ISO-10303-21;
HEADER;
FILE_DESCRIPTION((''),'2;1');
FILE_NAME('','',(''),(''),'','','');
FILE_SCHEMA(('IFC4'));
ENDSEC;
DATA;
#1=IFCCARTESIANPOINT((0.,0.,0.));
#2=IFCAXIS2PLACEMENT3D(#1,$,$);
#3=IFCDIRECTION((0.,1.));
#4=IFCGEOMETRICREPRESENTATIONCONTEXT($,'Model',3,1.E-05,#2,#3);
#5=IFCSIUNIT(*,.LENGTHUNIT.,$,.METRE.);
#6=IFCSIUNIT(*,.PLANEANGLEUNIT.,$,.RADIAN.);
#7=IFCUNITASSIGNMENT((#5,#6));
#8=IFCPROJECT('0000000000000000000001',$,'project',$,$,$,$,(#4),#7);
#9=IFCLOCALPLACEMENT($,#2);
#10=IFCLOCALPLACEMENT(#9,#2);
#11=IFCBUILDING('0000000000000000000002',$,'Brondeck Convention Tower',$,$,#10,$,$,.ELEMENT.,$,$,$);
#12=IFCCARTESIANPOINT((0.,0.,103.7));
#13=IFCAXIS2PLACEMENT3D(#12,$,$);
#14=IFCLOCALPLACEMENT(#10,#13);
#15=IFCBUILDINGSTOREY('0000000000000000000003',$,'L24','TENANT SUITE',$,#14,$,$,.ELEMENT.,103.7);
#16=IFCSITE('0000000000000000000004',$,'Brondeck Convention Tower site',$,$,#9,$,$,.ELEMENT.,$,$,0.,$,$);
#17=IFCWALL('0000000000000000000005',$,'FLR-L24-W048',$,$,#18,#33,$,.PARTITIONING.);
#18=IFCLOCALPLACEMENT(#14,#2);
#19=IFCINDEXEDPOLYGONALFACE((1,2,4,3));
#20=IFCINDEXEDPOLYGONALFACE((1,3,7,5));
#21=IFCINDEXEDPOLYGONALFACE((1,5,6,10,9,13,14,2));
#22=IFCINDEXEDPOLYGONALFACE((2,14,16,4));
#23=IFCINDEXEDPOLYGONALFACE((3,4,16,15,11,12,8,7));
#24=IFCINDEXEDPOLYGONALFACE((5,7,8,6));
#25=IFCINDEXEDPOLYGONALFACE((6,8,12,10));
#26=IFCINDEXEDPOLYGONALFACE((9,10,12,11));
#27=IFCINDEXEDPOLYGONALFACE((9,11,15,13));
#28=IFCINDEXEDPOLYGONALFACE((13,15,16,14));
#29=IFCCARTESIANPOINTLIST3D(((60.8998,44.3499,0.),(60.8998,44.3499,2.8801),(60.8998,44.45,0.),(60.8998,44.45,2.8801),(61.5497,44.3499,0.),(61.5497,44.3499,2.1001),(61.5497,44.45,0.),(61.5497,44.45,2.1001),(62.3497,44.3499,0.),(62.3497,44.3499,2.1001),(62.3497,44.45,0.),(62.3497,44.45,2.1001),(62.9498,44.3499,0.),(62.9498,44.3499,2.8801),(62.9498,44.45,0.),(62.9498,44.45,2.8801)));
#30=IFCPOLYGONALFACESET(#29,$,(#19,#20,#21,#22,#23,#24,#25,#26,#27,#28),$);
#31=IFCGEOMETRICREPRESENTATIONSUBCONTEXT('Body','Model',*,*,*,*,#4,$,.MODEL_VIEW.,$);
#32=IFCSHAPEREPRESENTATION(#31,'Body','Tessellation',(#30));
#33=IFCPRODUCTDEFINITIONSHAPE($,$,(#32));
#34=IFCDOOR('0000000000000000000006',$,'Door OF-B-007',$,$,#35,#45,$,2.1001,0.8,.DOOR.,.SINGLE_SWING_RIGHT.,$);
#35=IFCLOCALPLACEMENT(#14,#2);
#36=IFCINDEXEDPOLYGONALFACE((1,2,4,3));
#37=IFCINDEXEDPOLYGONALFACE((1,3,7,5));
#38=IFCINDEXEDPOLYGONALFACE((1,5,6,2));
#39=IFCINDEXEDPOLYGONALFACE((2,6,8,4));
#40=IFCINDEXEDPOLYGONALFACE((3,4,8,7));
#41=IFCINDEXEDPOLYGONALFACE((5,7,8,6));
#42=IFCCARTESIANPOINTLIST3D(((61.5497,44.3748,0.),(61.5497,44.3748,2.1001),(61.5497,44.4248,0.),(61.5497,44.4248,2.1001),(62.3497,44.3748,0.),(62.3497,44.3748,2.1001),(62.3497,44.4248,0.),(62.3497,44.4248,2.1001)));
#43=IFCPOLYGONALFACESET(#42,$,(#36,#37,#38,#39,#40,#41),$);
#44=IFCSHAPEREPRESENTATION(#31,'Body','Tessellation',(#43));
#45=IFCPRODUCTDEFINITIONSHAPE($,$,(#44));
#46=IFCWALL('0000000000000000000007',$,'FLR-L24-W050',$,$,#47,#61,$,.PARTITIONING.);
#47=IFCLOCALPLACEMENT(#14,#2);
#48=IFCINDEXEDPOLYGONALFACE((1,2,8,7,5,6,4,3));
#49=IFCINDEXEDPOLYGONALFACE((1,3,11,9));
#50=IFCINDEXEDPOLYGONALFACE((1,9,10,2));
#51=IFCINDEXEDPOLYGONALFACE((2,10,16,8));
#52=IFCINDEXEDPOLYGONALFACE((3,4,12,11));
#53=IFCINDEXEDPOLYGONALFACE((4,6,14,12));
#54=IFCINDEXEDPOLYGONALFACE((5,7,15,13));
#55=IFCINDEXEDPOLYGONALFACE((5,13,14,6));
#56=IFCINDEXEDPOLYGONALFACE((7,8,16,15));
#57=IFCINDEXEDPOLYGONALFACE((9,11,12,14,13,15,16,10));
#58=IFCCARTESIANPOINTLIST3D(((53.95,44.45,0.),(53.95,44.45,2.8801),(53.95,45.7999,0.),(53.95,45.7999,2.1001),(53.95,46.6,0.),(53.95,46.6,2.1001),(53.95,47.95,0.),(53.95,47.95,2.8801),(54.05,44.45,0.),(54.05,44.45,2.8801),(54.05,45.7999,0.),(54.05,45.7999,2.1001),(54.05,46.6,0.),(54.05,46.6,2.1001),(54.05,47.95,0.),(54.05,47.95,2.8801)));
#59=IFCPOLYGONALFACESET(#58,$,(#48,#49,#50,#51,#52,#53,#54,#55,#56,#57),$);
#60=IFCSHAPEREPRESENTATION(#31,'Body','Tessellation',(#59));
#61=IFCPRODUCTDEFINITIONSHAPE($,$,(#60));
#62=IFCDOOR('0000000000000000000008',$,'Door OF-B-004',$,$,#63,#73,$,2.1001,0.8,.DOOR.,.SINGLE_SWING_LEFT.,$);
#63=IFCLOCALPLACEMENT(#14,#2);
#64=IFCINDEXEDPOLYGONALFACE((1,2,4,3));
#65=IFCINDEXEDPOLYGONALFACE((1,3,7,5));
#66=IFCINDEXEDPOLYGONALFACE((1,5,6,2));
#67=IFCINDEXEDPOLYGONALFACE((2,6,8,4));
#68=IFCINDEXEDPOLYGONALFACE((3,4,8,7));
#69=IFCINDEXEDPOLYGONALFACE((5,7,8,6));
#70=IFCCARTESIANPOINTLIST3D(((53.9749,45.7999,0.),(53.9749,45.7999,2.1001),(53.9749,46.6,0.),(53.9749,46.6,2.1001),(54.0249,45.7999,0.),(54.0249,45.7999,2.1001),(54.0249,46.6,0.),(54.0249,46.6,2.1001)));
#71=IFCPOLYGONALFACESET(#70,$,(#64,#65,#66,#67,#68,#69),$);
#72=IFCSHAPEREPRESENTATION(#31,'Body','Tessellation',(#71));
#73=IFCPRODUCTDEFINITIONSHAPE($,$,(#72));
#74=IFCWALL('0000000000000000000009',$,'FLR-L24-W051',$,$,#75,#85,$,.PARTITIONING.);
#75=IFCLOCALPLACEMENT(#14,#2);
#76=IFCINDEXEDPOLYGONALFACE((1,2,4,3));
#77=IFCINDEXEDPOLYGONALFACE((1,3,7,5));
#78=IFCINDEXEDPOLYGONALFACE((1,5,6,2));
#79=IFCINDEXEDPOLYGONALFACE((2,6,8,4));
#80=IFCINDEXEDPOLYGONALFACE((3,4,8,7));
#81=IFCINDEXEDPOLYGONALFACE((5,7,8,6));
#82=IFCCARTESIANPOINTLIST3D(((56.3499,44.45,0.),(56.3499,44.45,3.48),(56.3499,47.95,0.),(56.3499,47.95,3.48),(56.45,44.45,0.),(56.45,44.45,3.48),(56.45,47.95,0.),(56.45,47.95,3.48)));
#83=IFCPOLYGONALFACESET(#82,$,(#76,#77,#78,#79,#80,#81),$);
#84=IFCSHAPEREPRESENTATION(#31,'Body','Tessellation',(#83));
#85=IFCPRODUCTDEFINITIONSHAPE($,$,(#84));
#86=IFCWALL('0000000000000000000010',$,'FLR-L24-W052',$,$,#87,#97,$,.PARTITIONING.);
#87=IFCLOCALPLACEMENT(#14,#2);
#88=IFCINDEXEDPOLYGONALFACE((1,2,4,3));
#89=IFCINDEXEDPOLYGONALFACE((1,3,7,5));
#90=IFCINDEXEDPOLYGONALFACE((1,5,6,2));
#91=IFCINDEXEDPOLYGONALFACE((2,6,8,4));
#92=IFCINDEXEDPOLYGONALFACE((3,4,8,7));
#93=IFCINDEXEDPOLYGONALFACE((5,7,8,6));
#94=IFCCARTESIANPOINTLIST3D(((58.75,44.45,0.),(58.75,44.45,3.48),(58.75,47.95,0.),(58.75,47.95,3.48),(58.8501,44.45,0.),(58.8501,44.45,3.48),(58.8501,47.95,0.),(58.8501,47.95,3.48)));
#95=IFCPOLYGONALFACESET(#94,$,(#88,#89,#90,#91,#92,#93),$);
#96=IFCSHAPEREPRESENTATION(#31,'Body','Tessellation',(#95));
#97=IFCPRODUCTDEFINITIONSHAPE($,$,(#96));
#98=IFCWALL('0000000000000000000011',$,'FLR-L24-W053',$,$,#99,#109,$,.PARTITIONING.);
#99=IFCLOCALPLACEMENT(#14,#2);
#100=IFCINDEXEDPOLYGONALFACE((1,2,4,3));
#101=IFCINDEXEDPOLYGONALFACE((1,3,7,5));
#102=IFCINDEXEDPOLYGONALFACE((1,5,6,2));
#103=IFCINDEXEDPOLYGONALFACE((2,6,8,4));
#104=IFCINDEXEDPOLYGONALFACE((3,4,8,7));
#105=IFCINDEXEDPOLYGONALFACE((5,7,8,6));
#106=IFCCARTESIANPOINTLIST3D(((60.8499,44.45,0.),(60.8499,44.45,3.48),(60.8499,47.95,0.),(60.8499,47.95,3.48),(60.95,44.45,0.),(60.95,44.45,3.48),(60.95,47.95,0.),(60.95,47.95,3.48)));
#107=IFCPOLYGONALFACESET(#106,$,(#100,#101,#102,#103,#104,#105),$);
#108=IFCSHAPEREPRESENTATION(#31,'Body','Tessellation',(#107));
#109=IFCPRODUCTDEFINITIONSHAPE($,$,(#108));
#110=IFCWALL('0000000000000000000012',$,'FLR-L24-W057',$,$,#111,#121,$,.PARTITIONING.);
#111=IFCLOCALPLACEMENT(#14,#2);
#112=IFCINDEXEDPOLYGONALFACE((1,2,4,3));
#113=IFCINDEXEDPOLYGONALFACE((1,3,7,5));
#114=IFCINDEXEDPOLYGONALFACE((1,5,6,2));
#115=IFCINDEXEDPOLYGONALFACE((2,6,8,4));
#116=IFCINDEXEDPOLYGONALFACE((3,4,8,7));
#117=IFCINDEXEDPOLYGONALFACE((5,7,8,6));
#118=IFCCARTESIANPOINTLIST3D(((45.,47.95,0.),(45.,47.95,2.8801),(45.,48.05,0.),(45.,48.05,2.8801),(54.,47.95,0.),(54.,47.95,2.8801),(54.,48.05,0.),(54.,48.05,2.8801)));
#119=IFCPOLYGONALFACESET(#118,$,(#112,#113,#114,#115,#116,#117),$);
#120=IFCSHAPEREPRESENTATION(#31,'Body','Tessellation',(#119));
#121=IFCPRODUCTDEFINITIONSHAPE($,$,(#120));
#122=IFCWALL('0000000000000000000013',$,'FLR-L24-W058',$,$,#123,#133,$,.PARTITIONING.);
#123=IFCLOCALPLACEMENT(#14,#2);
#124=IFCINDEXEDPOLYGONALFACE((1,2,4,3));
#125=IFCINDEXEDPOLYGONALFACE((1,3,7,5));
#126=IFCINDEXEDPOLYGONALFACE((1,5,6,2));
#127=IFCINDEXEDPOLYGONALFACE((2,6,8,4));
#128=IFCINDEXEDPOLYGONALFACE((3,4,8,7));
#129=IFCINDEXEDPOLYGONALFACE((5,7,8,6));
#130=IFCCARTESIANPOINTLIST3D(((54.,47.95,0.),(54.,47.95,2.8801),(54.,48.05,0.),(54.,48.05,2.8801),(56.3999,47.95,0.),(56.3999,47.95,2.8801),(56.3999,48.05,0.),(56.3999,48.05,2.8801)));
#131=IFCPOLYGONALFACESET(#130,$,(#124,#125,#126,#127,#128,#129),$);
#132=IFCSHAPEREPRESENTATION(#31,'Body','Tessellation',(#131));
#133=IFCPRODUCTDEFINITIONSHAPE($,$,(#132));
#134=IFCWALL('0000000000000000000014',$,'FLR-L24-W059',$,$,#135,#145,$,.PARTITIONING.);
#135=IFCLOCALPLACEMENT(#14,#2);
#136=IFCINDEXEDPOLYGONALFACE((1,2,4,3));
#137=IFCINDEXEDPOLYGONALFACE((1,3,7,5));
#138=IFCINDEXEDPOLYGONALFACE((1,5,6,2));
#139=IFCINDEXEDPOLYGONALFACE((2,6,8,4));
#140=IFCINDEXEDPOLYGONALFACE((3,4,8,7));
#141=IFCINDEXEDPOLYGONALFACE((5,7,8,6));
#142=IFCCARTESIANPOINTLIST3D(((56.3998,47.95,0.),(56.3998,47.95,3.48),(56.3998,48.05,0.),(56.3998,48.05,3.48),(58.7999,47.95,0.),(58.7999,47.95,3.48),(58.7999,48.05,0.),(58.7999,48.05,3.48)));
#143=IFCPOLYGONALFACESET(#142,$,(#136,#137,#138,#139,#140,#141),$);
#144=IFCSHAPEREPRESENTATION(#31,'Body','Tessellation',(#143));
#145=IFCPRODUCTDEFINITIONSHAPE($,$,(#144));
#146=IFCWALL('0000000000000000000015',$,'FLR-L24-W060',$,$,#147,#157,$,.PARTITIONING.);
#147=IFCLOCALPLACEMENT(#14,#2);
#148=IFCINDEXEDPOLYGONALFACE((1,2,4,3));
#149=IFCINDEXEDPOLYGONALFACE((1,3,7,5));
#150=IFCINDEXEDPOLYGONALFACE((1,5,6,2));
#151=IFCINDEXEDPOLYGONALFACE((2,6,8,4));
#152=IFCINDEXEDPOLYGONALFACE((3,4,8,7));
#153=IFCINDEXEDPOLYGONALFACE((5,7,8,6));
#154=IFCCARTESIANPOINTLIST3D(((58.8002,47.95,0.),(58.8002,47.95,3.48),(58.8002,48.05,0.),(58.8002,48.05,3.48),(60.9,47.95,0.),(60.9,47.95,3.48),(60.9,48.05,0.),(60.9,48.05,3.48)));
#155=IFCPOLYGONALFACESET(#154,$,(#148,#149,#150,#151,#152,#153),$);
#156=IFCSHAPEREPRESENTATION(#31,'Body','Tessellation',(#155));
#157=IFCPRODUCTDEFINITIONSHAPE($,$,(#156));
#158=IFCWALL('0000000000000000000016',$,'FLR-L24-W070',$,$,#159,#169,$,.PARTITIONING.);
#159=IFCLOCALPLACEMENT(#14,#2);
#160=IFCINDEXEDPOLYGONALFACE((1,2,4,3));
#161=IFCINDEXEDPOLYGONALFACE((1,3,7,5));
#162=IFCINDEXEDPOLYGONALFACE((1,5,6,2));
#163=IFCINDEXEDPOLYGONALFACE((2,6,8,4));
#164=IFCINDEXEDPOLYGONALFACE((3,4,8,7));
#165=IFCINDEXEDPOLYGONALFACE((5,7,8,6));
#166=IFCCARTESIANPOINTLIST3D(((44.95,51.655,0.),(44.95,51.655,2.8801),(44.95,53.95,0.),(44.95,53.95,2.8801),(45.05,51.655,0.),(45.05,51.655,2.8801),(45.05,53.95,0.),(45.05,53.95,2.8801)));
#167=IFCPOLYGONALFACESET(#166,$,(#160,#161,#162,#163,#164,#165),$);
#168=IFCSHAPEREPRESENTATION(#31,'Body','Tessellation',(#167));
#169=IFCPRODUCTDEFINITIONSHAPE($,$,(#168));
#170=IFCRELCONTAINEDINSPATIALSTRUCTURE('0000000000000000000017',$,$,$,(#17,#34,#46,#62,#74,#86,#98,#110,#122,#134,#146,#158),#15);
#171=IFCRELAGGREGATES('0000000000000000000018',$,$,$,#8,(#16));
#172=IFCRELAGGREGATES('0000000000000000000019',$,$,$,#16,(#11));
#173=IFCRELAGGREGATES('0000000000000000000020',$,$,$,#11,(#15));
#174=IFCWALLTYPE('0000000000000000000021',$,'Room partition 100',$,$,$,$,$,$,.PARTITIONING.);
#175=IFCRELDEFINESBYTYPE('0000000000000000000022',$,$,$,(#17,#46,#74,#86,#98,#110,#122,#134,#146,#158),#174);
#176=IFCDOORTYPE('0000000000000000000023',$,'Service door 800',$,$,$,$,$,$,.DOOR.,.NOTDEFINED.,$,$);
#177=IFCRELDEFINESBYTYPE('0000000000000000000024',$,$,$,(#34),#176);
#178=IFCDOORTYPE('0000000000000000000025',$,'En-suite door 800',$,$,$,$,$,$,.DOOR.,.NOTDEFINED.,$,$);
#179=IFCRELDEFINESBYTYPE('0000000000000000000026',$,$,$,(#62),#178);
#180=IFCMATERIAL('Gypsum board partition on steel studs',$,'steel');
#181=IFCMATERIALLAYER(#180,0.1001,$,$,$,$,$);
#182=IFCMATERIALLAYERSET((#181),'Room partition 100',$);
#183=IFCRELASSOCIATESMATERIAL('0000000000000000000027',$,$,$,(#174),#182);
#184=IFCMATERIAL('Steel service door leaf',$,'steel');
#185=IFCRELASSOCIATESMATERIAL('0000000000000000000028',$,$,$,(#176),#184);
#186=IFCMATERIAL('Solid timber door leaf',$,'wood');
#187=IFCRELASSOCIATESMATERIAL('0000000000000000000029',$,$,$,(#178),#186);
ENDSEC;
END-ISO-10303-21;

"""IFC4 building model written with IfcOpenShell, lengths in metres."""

from ifc_helpers import new_model, si_unit, direction, frame, frame_2d, origin, place, context, subcontext, project, spatial, rectangle, extrude, material, layer, layer_set, type_object, element, fill, save


model = new_model("IFC4")

# Units and contexts
model_context = context("Model", 3, precision=1e-05, world=origin(), true_north=direction((0.0, 1.0)))
body_context = subcontext(model_context, "Body", "Model", "MODEL_VIEW")
ifc_project = project(units=[si_unit("LENGTHUNIT", "METRE"), si_unit("PLANEANGLEUNIT", "RADIAN")], contexts=[model_context])

# Site, building, storey
site_placement = place(None, origin())
site = spatial("IfcSite", under=ifc_project, at=site_placement, Name="Brondeck Convention Tower site", CompositionType="ELEMENT", RefElevation=0.0)
building_placement = place(site_placement, origin())
building = spatial("IfcBuilding", under=site, at=building_placement, Name="Brondeck Convention Tower", CompositionType="ELEMENT")
storey_placement = place(building_placement, frame((0.0, 0.0, 103.7)))
storey = spatial("IfcBuildingStorey", under=building, at=storey_placement, Name="L24", Description="TENANT SUITE", CompositionType="ELEMENT", Elevation=103.7)

# Walls, openings, doors
ifc_material_1 = material(Name="Gypsum board partition on steel studs", Category="steel")
ifc_layer_1 = layer(ifc_material_1, 0.1001)
ifc_layer_set_1 = layer_set([ifc_layer_1], Name="Room partition 100")
wall_type_1 = type_object("IfcWallType", Name="Room partition 100", PredefinedType="PARTITIONING", material=ifc_layer_set_1)
wall_1_placement = place(storey_placement, frame((60.8999, 44.3999, 0.0), z_axis=(0.0, 0.0, 1.0), x_axis=(1.0, 0.0, 0.0)))
wall_1 = element("IfcWall", 1, at=wall_1_placement, inside=storey, type_object=wall_type_1, Name="FLR-L24-W048", PredefinedType="PARTITIONING", context=body_context, shape_type="SweptSolid", body=[
    extrude(rectangle(XDim=2.05, YDim=0.1001, at=frame_2d((1.0249, 0.0))), origin(), (0.0, 0.0, 1.0), 2.8801),
])
opening_1_placement = place(wall_1_placement, frame((0.6499, 0.0, 0.0)))
opening_1 = element("IfcOpeningElement", 2, at=opening_1_placement, cuts=wall_1, PredefinedType="OPENING", context=body_context, shape_type="SweptSolid", body=[
    extrude(rectangle(XDim=0.8, YDim=2.1001, at=frame_2d((0.3999, 1.05))), frame((0.0, 0.0601, 0.0), z_axis=(0.0, -1.0, 0.0), x_axis=(1.0, 0.0, 0.0)), (0.0, 0.0, 1.0), 0.1201),
])
ifc_material_2 = material(Name="Steel service door leaf", Category="steel")
door_type_1 = type_object("IfcDoorType", Name="Service door 800", OperationType="NOTDEFINED", PredefinedType="DOOR", material=ifc_material_2)
door_1_placement = place(opening_1_placement, origin())
door_1 = element("IfcDoor", 3, at=door_1_placement, inside=storey, type_object=door_type_1, Name="Door OF-B-007", OperationType="SINGLE_SWING_RIGHT", OverallHeight=2.1001, OverallWidth=0.8, PredefinedType="DOOR", context=body_context, shape_type="SweptSolid", body=[
    extrude(rectangle(XDim=0.8, YDim=2.1001, at=frame_2d((0.3999, 1.05))), frame((0.0, 0.0249, 0.0), z_axis=(0.0, -1.0, 0.0), x_axis=(1.0, 0.0, 0.0)), (0.0, 0.0, 1.0), 0.05),
])
fill(opening_1, door_1)
wall_2_placement = place(storey_placement, frame((54.0, 47.95, 0.0), z_axis=(0.0, 0.0, 1.0), x_axis=(0.0, -1.0, 0.0)))
wall_2 = element("IfcWall", 4, at=wall_2_placement, inside=storey, type_object=wall_type_1, Name="FLR-L24-W050", PredefinedType="PARTITIONING", context=body_context, shape_type="SweptSolid", body=[
    extrude(rectangle(XDim=3.5, YDim=0.1001, at=frame_2d((1.75, 0.0))), origin(), (0.0, 0.0, 1.0), 2.8801),
])
opening_2_placement = place(wall_2_placement, frame((1.3501, 0.0, 0.0)))
opening_2 = element("IfcOpeningElement", 5, at=opening_2_placement, cuts=wall_2, PredefinedType="OPENING", context=body_context, shape_type="SweptSolid", body=[
    extrude(rectangle(XDim=0.8, YDim=2.1001, at=frame_2d((0.3999, 1.05))), frame((0.0, 0.0601, 0.0), z_axis=(0.0, -1.0, 0.0), x_axis=(1.0, 0.0, 0.0)), (0.0, 0.0, 1.0), 0.1201),
])
ifc_material_3 = material(Name="Solid timber door leaf", Category="wood")
door_type_2 = type_object("IfcDoorType", Name="En-suite door 800", OperationType="NOTDEFINED", PredefinedType="DOOR", material=ifc_material_3)
door_2_placement = place(opening_2_placement, origin())
door_2 = element("IfcDoor", 6, at=door_2_placement, inside=storey, type_object=door_type_2, Name="Door OF-B-004", OperationType="SINGLE_SWING_LEFT", OverallHeight=2.1001, OverallWidth=0.8, PredefinedType="DOOR", context=body_context, shape_type="SweptSolid", body=[
    extrude(rectangle(XDim=0.8, YDim=2.1001, at=frame_2d((0.3999, 1.05))), frame((0.0, 0.0249, 0.0), z_axis=(0.0, -1.0, 0.0), x_axis=(1.0, 0.0, 0.0)), (0.0, 0.0, 1.0), 0.05),
])
fill(opening_2, door_2)

# Walls
for number, where, z_axis, x_axis, name in (
    (7, (56.3999, 47.95, 0.0), (0.0, 0.0, 1.0), (0.0, -1.0, 0.0), "FLR-L24-W051"),
    (8, (58.8, 47.95, 0.0), (0.0, 0.0, 1.0), (0.0, -1.0, 0.0), "FLR-L24-W052"),
    (9, (60.8999, 47.95, 0.0), (0.0, 0.0, 1.0), (0.0, -1.0, 0.0), "FLR-L24-W053"),
):
    element("IfcWall", number, at=place(storey_placement, frame(where, z_axis=z_axis, x_axis=x_axis)), inside=storey, type_object=wall_type_1, Name=name, PredefinedType="PARTITIONING", context=body_context, shape_type="SweptSolid", body=[
        extrude(rectangle(XDim=3.5, YDim=0.1001, at=frame_2d((1.75, 0.0))), origin(), (0.0, 0.0, 1.0), 3.48),
    ])
wall_3_placement = place(storey_placement, frame((54.0, 48.0, 0.0), z_axis=(0.0, 0.0, 1.0), x_axis=(-1.0, 0.0, 0.0)))
element("IfcWall", 10, at=wall_3_placement, inside=storey, type_object=wall_type_1, Name="FLR-L24-W057", PredefinedType="PARTITIONING", context=body_context, shape_type="SweptSolid", body=[
    extrude(rectangle(XDim=9.0, YDim=0.1001, at=frame_2d((4.5, 0.0))), origin(), (0.0, 0.0, 1.0), 2.8801),
])
wall_4_placement = place(storey_placement, frame((56.3999, 48.0, 0.0), z_axis=(0.0, 0.0, 1.0), x_axis=(-1.0, 0.0, 0.0)))
element("IfcWall", 11, at=wall_4_placement, inside=storey, type_object=wall_type_1, Name="FLR-L24-W058", PredefinedType="PARTITIONING", context=body_context, shape_type="SweptSolid", body=[
    extrude(rectangle(XDim=2.3999, YDim=0.1001, at=frame_2d((1.2, 0.0))), origin(), (0.0, 0.0, 1.0), 2.8801),
])
wall_5_placement = place(storey_placement, frame((58.8, 48.0, 0.0), z_axis=(0.0, 0.0, 1.0), x_axis=(-1.0, 0.0, 0.0)))
element("IfcWall", 12, at=wall_5_placement, inside=storey, type_object=wall_type_1, Name="FLR-L24-W059", PredefinedType="PARTITIONING", context=body_context, shape_type="SweptSolid", body=[
    extrude(rectangle(XDim=2.4001, YDim=0.1001, at=frame_2d((1.2002, 0.0))), origin(), (0.0, 0.0, 1.0), 3.48),
])
wall_6_placement = place(storey_placement, frame((60.8999, 48.0, 0.0), z_axis=(0.0, 0.0, 1.0), x_axis=(-1.0, 0.0, 0.0)))
element("IfcWall", 13, at=wall_6_placement, inside=storey, type_object=wall_type_1, Name="FLR-L24-W060", PredefinedType="PARTITIONING", context=body_context, shape_type="SweptSolid", body=[
    extrude(rectangle(XDim=2.0999, YDim=0.1001, at=frame_2d((1.0498, 0.0))), origin(), (0.0, 0.0, 1.0), 3.48),
])
wall_7_placement = place(storey_placement, frame((45.0, 53.95, 0.0), z_axis=(0.0, 0.0, 1.0), x_axis=(0.0, -1.0, 0.0)))
element("IfcWall", 14, at=wall_7_placement, inside=storey, type_object=wall_type_1, Name="FLR-L24-W070", PredefinedType="PARTITIONING", context=body_context, shape_type="SweptSolid", body=[
    extrude(rectangle(XDim=2.2949, YDim=0.1001, at=frame_2d((1.1475, 0.0))), origin(), (0.0, 0.0, 1.0), 2.8801),
])

save(model, "model.ifc")
